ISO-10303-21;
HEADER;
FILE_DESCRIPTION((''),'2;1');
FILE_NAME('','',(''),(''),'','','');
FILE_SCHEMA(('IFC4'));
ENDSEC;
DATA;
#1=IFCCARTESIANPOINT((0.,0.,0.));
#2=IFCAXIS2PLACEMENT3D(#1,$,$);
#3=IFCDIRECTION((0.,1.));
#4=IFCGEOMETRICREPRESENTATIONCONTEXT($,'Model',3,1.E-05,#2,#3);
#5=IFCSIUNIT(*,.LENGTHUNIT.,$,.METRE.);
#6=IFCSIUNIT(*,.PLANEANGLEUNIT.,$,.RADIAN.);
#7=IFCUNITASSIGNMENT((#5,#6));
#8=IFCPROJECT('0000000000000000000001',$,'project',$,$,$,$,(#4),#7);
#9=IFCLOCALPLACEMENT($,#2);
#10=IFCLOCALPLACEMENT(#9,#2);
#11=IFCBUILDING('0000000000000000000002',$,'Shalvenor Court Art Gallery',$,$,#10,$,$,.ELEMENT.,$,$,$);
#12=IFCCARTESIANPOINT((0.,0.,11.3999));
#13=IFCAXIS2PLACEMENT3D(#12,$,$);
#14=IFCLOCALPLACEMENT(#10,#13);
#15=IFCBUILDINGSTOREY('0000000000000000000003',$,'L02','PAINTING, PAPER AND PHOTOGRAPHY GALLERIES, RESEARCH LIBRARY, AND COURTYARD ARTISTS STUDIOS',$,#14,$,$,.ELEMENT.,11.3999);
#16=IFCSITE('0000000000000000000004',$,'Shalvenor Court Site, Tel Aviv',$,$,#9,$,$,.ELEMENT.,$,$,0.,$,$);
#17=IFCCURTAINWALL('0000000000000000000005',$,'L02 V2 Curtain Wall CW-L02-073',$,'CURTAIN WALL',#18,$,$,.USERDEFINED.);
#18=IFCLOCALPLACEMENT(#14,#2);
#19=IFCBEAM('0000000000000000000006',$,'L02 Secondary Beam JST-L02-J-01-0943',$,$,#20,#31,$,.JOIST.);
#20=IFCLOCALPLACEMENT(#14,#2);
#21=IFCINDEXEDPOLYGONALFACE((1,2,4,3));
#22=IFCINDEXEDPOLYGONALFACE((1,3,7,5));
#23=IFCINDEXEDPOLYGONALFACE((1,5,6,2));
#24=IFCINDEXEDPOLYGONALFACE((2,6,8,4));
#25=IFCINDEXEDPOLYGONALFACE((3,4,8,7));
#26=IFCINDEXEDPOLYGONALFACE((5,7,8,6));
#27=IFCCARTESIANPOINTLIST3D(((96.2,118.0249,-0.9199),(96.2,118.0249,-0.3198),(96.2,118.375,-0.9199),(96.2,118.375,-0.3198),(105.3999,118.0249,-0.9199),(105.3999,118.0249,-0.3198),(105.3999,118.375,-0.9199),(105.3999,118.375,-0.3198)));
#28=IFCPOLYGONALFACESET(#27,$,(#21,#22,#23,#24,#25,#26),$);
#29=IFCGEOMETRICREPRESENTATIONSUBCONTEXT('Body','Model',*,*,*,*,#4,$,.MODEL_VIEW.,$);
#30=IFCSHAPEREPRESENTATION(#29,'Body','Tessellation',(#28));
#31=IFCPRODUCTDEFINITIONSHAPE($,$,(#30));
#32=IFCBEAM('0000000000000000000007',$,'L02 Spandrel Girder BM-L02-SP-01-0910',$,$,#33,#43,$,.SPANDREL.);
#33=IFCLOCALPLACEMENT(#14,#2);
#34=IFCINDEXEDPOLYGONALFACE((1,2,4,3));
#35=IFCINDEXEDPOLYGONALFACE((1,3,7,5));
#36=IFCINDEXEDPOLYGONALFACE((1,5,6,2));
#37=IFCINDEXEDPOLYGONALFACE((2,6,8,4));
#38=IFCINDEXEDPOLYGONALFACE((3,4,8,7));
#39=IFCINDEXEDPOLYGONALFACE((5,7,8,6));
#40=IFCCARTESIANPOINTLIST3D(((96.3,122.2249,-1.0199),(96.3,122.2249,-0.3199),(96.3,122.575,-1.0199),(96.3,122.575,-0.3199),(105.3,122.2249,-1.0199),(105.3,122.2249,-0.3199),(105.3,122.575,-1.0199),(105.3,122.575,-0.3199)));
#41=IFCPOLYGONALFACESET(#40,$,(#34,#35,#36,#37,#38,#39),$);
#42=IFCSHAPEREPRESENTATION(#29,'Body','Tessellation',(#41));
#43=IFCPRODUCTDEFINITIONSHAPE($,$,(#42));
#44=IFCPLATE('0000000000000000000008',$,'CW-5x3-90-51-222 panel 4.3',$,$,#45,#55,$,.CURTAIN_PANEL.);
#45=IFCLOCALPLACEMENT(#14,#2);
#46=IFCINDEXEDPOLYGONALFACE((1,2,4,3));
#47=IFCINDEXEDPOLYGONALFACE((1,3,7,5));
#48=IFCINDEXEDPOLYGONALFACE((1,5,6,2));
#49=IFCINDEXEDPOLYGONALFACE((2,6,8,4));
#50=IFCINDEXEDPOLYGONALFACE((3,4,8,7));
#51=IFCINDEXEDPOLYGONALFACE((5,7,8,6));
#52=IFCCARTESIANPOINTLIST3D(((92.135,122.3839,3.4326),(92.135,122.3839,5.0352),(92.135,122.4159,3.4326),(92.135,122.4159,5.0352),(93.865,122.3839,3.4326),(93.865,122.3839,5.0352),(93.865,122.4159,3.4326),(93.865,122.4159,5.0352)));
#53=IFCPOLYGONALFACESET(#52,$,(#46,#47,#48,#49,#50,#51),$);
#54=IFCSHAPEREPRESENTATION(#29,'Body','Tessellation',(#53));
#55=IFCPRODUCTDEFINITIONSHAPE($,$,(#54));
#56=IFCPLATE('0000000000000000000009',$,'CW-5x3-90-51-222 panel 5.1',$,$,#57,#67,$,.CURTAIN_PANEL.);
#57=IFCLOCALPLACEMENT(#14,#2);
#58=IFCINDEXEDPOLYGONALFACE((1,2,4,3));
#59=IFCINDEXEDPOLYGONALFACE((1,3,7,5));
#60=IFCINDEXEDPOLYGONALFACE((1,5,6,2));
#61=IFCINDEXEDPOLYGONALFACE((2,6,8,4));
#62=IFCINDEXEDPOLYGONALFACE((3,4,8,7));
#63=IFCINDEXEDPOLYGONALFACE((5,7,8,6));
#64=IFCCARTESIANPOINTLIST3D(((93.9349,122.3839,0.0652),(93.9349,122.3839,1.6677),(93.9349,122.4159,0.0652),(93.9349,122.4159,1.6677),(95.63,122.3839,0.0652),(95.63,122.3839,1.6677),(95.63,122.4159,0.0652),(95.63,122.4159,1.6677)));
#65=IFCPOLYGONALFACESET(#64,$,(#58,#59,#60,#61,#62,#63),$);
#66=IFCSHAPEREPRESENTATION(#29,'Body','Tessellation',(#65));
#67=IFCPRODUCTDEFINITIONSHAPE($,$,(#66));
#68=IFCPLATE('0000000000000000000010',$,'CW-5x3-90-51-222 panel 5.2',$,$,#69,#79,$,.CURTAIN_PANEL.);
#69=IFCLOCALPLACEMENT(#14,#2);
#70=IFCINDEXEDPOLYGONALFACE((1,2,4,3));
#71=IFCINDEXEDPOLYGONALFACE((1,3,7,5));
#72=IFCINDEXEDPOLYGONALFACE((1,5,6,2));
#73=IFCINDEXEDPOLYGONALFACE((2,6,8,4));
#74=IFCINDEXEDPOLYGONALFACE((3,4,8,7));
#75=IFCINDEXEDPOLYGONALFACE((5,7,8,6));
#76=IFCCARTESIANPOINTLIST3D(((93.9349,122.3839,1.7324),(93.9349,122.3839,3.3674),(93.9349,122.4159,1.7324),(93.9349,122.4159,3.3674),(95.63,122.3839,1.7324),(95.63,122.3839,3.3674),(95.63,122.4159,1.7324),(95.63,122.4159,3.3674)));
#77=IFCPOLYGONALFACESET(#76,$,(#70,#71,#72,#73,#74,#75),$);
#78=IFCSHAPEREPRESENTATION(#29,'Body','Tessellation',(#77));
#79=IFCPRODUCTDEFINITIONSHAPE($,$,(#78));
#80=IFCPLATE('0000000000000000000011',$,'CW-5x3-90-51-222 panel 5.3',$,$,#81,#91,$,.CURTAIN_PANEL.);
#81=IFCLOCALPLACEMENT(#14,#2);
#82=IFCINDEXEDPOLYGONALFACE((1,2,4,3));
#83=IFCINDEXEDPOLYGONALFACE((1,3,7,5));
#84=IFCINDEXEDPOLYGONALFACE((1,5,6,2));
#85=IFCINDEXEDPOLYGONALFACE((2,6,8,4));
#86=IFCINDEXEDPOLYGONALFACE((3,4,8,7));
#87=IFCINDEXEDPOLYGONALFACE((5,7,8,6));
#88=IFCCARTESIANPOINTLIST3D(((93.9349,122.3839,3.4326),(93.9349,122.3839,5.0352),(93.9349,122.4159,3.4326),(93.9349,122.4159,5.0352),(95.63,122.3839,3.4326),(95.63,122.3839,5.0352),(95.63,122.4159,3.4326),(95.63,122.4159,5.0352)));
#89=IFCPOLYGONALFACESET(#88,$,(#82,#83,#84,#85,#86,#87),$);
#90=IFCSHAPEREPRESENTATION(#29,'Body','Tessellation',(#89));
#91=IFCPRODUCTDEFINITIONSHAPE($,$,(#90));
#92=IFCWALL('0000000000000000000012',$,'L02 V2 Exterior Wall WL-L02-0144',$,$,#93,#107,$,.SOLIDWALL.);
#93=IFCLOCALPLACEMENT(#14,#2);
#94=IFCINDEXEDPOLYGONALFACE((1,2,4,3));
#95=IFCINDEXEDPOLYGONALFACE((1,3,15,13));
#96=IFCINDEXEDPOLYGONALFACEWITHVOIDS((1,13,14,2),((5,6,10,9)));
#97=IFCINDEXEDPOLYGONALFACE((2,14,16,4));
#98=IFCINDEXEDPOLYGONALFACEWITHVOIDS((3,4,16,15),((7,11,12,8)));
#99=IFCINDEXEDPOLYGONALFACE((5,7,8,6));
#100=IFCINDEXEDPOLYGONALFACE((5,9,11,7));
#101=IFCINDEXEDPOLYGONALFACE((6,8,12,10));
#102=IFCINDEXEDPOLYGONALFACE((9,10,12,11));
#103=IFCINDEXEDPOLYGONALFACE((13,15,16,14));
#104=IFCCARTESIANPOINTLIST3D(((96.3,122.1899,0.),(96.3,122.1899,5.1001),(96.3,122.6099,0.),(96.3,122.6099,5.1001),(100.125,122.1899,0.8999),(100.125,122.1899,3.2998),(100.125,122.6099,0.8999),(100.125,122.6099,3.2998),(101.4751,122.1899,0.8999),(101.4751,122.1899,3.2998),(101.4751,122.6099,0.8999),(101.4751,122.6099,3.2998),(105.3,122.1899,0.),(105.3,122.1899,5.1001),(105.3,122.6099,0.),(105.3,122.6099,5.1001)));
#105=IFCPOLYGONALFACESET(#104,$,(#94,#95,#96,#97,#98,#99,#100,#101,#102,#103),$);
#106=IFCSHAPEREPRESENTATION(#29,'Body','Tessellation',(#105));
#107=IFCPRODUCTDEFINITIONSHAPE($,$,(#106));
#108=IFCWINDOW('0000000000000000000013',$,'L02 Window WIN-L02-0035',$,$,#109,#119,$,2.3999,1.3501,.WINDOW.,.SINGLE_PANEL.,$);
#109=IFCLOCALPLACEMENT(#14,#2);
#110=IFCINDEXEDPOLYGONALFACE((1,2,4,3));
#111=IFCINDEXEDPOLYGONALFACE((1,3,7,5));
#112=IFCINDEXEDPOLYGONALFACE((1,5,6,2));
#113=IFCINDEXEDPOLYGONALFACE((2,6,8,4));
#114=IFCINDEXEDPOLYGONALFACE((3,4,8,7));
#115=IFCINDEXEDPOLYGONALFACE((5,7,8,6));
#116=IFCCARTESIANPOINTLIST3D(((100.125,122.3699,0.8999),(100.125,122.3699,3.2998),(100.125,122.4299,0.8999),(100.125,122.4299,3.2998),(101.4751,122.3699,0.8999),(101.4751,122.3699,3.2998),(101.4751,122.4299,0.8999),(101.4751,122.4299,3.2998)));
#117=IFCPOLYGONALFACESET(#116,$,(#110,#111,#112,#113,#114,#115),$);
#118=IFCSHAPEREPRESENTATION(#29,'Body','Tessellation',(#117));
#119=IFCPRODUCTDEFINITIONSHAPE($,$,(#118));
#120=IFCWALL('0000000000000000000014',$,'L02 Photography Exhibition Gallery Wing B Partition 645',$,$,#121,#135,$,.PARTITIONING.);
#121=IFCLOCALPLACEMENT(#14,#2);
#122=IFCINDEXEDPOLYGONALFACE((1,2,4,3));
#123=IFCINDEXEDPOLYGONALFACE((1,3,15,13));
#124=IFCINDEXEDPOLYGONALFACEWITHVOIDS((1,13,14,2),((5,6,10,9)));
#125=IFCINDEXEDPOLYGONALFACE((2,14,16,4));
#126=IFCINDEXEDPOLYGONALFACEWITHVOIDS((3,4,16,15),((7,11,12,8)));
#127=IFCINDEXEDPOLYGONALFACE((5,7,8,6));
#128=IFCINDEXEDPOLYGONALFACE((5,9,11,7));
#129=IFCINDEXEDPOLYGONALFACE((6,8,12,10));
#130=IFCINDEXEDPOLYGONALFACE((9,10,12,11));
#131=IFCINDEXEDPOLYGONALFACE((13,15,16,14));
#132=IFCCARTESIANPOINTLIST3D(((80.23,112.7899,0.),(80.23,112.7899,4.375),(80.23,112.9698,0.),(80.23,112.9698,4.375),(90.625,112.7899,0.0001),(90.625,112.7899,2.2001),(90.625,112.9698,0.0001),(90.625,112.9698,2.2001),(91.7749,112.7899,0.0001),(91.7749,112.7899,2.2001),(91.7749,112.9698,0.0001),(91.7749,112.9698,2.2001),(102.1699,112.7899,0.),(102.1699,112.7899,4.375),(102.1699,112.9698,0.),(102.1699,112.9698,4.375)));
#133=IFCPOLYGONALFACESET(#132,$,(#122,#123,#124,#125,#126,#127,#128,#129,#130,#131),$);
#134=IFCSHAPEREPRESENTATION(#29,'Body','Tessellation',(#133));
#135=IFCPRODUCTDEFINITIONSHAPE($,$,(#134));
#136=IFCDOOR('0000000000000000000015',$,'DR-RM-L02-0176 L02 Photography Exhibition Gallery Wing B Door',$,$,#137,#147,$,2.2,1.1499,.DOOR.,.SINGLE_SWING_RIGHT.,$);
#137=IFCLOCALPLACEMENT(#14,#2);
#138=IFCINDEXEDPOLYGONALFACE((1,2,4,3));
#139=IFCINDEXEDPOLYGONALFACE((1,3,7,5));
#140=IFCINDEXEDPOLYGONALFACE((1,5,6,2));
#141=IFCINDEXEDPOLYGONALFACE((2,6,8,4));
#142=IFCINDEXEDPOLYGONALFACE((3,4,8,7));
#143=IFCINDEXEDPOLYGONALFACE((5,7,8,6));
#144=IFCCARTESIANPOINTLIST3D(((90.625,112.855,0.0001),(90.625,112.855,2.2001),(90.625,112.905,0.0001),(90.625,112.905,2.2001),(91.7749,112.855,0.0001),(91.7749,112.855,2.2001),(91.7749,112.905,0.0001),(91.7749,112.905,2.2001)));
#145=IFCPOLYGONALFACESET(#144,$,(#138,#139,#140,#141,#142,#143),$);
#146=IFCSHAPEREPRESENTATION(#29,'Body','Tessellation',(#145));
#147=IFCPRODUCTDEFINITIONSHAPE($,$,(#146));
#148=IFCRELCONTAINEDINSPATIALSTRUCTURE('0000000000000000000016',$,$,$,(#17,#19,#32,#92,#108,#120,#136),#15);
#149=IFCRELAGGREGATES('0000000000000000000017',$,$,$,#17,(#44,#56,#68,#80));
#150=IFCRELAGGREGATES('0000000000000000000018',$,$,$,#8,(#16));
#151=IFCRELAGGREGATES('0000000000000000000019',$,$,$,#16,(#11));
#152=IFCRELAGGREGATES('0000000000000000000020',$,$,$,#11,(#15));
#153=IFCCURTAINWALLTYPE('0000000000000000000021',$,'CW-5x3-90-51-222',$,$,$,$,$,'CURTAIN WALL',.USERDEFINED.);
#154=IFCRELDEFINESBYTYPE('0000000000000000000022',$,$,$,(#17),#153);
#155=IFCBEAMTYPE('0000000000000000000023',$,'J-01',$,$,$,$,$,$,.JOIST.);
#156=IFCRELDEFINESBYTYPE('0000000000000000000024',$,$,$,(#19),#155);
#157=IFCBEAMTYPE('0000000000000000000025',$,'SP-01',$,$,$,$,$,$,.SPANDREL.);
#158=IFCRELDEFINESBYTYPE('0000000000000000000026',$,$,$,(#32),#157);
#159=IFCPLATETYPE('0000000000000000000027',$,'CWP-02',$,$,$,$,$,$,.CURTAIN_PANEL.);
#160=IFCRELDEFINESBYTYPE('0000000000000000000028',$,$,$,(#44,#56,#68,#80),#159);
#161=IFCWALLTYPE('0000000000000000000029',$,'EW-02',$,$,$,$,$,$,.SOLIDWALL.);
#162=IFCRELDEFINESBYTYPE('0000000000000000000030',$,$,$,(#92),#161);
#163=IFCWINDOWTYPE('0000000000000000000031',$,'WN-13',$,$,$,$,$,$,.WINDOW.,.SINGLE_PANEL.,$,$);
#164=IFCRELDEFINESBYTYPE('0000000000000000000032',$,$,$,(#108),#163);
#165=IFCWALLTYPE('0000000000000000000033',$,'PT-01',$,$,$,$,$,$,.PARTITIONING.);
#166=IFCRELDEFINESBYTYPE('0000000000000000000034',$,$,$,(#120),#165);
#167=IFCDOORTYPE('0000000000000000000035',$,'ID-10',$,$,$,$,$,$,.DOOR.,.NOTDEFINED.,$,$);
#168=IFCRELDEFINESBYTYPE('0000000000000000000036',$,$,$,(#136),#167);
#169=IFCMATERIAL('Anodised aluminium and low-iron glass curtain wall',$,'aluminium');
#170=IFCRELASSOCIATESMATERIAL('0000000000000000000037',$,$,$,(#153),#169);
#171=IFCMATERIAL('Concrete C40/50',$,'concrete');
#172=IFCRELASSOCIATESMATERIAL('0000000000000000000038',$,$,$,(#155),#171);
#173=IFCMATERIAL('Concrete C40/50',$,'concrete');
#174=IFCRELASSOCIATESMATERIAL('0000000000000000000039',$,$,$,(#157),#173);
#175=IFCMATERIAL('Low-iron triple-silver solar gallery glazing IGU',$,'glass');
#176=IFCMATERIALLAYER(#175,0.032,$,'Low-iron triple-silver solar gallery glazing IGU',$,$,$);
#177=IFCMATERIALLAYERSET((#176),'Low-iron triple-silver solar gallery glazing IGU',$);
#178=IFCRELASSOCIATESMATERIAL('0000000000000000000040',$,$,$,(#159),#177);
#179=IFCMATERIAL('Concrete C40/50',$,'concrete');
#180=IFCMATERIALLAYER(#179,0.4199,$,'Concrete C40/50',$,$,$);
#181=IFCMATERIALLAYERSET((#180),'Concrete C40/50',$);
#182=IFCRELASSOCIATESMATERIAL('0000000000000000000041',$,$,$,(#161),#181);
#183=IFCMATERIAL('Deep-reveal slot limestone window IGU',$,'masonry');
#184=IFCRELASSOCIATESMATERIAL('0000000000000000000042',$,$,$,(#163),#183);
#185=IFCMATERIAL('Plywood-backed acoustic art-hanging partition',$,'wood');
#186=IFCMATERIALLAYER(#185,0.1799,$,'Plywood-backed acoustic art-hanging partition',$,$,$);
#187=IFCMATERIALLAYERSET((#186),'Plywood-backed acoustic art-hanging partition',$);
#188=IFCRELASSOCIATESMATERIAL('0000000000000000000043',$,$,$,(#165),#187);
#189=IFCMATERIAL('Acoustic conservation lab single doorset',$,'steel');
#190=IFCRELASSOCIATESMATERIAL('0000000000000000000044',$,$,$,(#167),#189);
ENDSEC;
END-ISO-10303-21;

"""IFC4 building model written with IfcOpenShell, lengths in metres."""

from ifc_helpers import new_model, si_unit, direction, frame, frame_2d, origin, origin_2d, place, context, subcontext, project, spatial, rectangle, extrude, material, layer, layer_set, material_profile, profile_set, type_object, element, fill, aggregate, save


model = new_model("IFC4")

# Units and contexts
model_context = context("Model", 3, precision=1e-05, world=origin(), true_north=direction((0.0, 1.0)))
body_context = subcontext(model_context, "Body", "Model", "MODEL_VIEW")
ifc_project = project(units=[si_unit("LENGTHUNIT", "METRE"), si_unit("PLANEANGLEUNIT", "RADIAN")], contexts=[model_context])

# Site, building, storey
site_placement = place(None, origin())
site = spatial("IfcSite", under=ifc_project, at=site_placement, Name="Shalvenor Court Site, Tel Aviv", CompositionType="ELEMENT", RefElevation=0.0)
building_placement = place(site_placement, origin())
building = spatial("IfcBuilding", under=site, at=building_placement, Name="Shalvenor Court Art Gallery", CompositionType="ELEMENT")
storey_placement = place(building_placement, frame((0.0, 0.0, 11.3999)))
storey = spatial("IfcBuildingStorey", under=building, at=storey_placement, Name="L02", Description="PAINTING, PAPER AND PHOTOGRAPHY GALLERIES, RESEARCH LIBRARY, AND COURTYARD ARTISTS STUDIOS", CompositionType="ELEMENT", Elevation=11.3999)

# Curtain wall
ifc_material_1 = material(Name="Anodised aluminium and low-iron glass curtain wall", Category="aluminium")
curtain_wall_type = type_object("IfcCurtainWallType", Name="CW-5x3-90-51-222", ElementType="CURTAIN WALL", PredefinedType="USERDEFINED", material=ifc_material_1)
curtain_wall_placement = place(storey_placement, origin())
curtain_wall = element("IfcCurtainWall", 1, at=curtain_wall_placement, inside=storey, type_object=curtain_wall_type, Name="L02 V2 Curtain Wall CW-L02-073", ObjectType="CURTAIN WALL", PredefinedType="USERDEFINED")

# Beams
ifc_material_2 = material(Name="Concrete C40/50", Category="concrete")
ifc_material_profile_1 = material_profile(ifc_material_2, rectangle(XDim=0.3501, YDim=0.6001, at=origin_2d()), Name="RC 350x600")
ifc_profile_set_1 = profile_set([ifc_material_profile_1], Name="Concrete C40/50")
beam_type_1 = type_object("IfcBeamType", Name="J-01", PredefinedType="JOIST", material=ifc_profile_set_1)
for number, where, z_axis, x_axis, name in (
    (2, (96.2, 118.2, -0.6199), (1.0, 0.0, 0.0), (0.0, 1.0, 0.0), "L02 Secondary Beam JST-L02-J-01-0943"),
):
    element("IfcBeam", number, at=place(storey_placement, frame(where, z_axis=z_axis, x_axis=x_axis)), inside=storey, type_object=beam_type_1, Name=name, PredefinedType="JOIST", context=body_context, shape_type="SweptSolid", body=[
        extrude(rectangle(XDim=0.3501, YDim=0.6001, at=origin_2d()), origin(), (0.0, 0.0, 1.0), 9.2),
    ])
ifc_material_3 = material(Name="Concrete C40/50", Category="concrete")
ifc_material_profile_2 = material_profile(ifc_material_3, rectangle(XDim=0.3501, YDim=0.7, at=origin_2d()), Name="RC 350x700")
ifc_profile_set_2 = profile_set([ifc_material_profile_2], Name="Concrete C40/50")
beam_type_2 = type_object("IfcBeamType", Name="SP-01", PredefinedType="SPANDREL", material=ifc_profile_set_2)
beam_1_placement = place(storey_placement, frame((96.3, 122.3999, -0.6699), z_axis=(1.0, 0.0, 0.0), x_axis=(0.0, 1.0, 0.0)))
element("IfcBeam", 3, at=beam_1_placement, inside=storey, type_object=beam_type_2, Name="L02 Spandrel Girder BM-L02-SP-01-0910", PredefinedType="SPANDREL", context=body_context, shape_type="SweptSolid", body=[
    extrude(rectangle(XDim=0.3501, YDim=0.7, at=origin_2d()), origin(), (0.0, 0.0, 1.0), 9.0),
])

# Plates
ifc_material_4 = material(Name="Low-iron triple-silver solar gallery glazing IGU", Category="glass")
ifc_layer_1 = layer(ifc_material_4, 0.032, Name="Low-iron triple-silver solar gallery glazing IGU")
ifc_layer_set_1 = layer_set([ifc_layer_1], Name="Low-iron triple-silver solar gallery glazing IGU")
plate_type = type_object("IfcPlateType", Name="CWP-02", PredefinedType="CURTAIN_PANEL", material=ifc_layer_set_1)
plate_1_placement = place(storey_placement, frame((93.0, 122.3999, 3.4326), z_axis=(0.0, 0.0, 1.0), x_axis=(1.0, 0.0, 0.0)))
plate_1 = element("IfcPlate", 4, at=plate_1_placement, type_object=plate_type, Name="CW-5x3-90-51-222 panel 4.3", PredefinedType="CURTAIN_PANEL", context=body_context, shape_type="SweptSolid", body=[
    extrude(rectangle(XDim=1.73, YDim=0.032, at=origin_2d()), origin(), (0.0, 0.0, 1.0), 1.6025),
])
plate_2_placement = place(storey_placement, frame((94.7825, 122.3999, 0.0652), z_axis=(0.0, 0.0, 1.0), x_axis=(1.0, 0.0, 0.0)))
plate_2 = element("IfcPlate", 5, at=plate_2_placement, type_object=plate_type, Name="CW-5x3-90-51-222 panel 5.1", PredefinedType="CURTAIN_PANEL", context=body_context, shape_type="SweptSolid", body=[
    extrude(rectangle(XDim=1.6951, YDim=0.032, at=origin_2d()), origin(), (0.0, 0.0, 1.0), 1.6025),
])
plate_3_placement = place(storey_placement, frame((94.7825, 122.3999, 1.7324), z_axis=(0.0, 0.0, 1.0), x_axis=(1.0, 0.0, 0.0)))
plate_3 = element("IfcPlate", 6, at=plate_3_placement, type_object=plate_type, Name="CW-5x3-90-51-222 panel 5.2", PredefinedType="CURTAIN_PANEL", context=body_context, shape_type="SweptSolid", body=[
    extrude(rectangle(XDim=1.6951, YDim=0.032, at=origin_2d()), origin(), (0.0, 0.0, 1.0), 1.635),
])
plate_4_placement = place(storey_placement, frame((94.7825, 122.3999, 3.4326), z_axis=(0.0, 0.0, 1.0), x_axis=(1.0, 0.0, 0.0)))
plate_4 = element("IfcPlate", 7, at=plate_4_placement, type_object=plate_type, Name="CW-5x3-90-51-222 panel 5.3", PredefinedType="CURTAIN_PANEL", context=body_context, shape_type="SweptSolid", body=[
    extrude(rectangle(XDim=1.6951, YDim=0.032, at=origin_2d()), origin(), (0.0, 0.0, 1.0), 1.6025),
])
aggregate(curtain_wall, [plate_1, plate_2, plate_3, plate_4])

# Wall, opening, window
ifc_material_5 = material(Name="Concrete C40/50", Category="concrete")
ifc_layer_2 = layer(ifc_material_5, 0.4199, Name="Concrete C40/50")
ifc_layer_set_2 = layer_set([ifc_layer_2], Name="Concrete C40/50")
wall_type_1 = type_object("IfcWallType", Name="EW-02", PredefinedType="SOLIDWALL", material=ifc_layer_set_2)
wall_1_placement = place(storey_placement, frame((96.3, 122.3999, 0.0), z_axis=(0.0, 0.0, 1.0), x_axis=(1.0, 0.0, 0.0)))
wall_1 = element("IfcWall", 8, at=wall_1_placement, inside=storey, type_object=wall_type_1, Name="L02 V2 Exterior Wall WL-L02-0144", PredefinedType="SOLIDWALL", context=body_context, shape_type="SweptSolid", body=[
    extrude(rectangle(XDim=9.0, YDim=0.4199, at=frame_2d((4.5, 0.0))), origin(), (0.0, 0.0, 1.0), 5.1001),
])
opening_1_placement = place(wall_1_placement, frame((3.825, 0.0, 0.8999)))
opening_1 = element("IfcOpeningElement", 9, at=opening_1_placement, cuts=wall_1, PredefinedType="OPENING", context=body_context, shape_type="SweptSolid", body=[
    extrude(rectangle(XDim=1.3501, YDim=2.3999, at=frame_2d((0.675, 1.2))), frame((0.0, 0.22, 0.0), z_axis=(0.0, -1.0, 0.0), x_axis=(1.0, 0.0, 0.0)), (0.0, 0.0, 1.0), 0.4399),
])
ifc_material_6 = material(Name="Deep-reveal slot limestone window IGU", Category="masonry")
window_type = type_object("IfcWindowType", Name="WN-13", PartitioningType="SINGLE_PANEL", PredefinedType="WINDOW", material=ifc_material_6)
window_placement = place(opening_1_placement, origin())
window = element("IfcWindow", 10, at=window_placement, inside=storey, type_object=window_type, Name="L02 Window WIN-L02-0035", OverallHeight=2.3999, OverallWidth=1.3501, PartitioningType="SINGLE_PANEL", PredefinedType="WINDOW", context=body_context, shape_type="SweptSolid", body=[
    extrude(rectangle(XDim=1.3501, YDim=2.3999, at=frame_2d((0.675, 1.2))), frame((0.0, 0.03, 0.0), z_axis=(0.0, -1.0, 0.0), x_axis=(1.0, 0.0, 0.0)), (0.0, 0.0, 1.0), 0.0601),
])
fill(opening_1, window)

# Wall, opening, door
ifc_material_7 = material(Name="Plywood-backed acoustic art-hanging partition", Category="wood")
ifc_layer_3 = layer(ifc_material_7, 0.1799, Name="Plywood-backed acoustic art-hanging partition")
ifc_layer_set_3 = layer_set([ifc_layer_3], Name="Plywood-backed acoustic art-hanging partition")
wall_type_2 = type_object("IfcWallType", Name="PT-01", PredefinedType="PARTITIONING", material=ifc_layer_set_3)
wall_2_placement = place(storey_placement, frame((102.1699, 112.8799, 0.0), z_axis=(0.0, 0.0, 1.0), x_axis=(-1.0, 0.0, 0.0)))
wall_2 = element("IfcWall", 11, at=wall_2_placement, inside=storey, type_object=wall_type_2, Name="L02 Photography Exhibition Gallery Wing B Partition 645", PredefinedType="PARTITIONING", context=body_context, shape_type="SweptSolid", body=[
    extrude(rectangle(XDim=21.9399, YDim=0.1799, at=frame_2d((10.97, 0.0))), origin(), (0.0, 0.0, 1.0), 4.375),
])
opening_2_placement = place(wall_2_placement, frame((10.395, 0.0, 0.0)))
opening_2 = element("IfcOpeningElement", 12, at=opening_2_placement, cuts=wall_2, PredefinedType="OPENING", context=body_context, shape_type="SweptSolid", body=[
    extrude(rectangle(XDim=1.1499, YDim=2.2, at=frame_2d((0.575, 1.1001))), frame((0.0, 0.0999, 0.0), z_axis=(0.0, -1.0, 0.0), x_axis=(1.0, 0.0, 0.0)), (0.0, 0.0, 1.0), 0.2),
])
ifc_material_8 = material(Name="Acoustic conservation lab single doorset", Category="steel")
door_type_1 = type_object("IfcDoorType", Name="ID-10", OperationType="NOTDEFINED", PredefinedType="DOOR", material=ifc_material_8)
door_1_placement = place(opening_2_placement, origin())
door_1 = element("IfcDoor", 13, at=door_1_placement, inside=storey, type_object=door_type_1, Name="DR-RM-L02-0176 L02 Photography Exhibition Gallery Wing B Door", OperationType="SINGLE_SWING_RIGHT", OverallHeight=2.2, OverallWidth=1.1499, PredefinedType="DOOR", context=body_context, shape_type="SweptSolid", body=[
    extrude(rectangle(XDim=1.1499, YDim=2.2, at=frame_2d((0.575, 1.1001))), frame((0.0, 0.0249, 0.0), z_axis=(0.0, -1.0, 0.0), x_axis=(1.0, 0.0, 0.0)), (0.0, 0.0, 1.0), 0.05),
])
fill(opening_2, door_1)

save(model, "model.ifc")
